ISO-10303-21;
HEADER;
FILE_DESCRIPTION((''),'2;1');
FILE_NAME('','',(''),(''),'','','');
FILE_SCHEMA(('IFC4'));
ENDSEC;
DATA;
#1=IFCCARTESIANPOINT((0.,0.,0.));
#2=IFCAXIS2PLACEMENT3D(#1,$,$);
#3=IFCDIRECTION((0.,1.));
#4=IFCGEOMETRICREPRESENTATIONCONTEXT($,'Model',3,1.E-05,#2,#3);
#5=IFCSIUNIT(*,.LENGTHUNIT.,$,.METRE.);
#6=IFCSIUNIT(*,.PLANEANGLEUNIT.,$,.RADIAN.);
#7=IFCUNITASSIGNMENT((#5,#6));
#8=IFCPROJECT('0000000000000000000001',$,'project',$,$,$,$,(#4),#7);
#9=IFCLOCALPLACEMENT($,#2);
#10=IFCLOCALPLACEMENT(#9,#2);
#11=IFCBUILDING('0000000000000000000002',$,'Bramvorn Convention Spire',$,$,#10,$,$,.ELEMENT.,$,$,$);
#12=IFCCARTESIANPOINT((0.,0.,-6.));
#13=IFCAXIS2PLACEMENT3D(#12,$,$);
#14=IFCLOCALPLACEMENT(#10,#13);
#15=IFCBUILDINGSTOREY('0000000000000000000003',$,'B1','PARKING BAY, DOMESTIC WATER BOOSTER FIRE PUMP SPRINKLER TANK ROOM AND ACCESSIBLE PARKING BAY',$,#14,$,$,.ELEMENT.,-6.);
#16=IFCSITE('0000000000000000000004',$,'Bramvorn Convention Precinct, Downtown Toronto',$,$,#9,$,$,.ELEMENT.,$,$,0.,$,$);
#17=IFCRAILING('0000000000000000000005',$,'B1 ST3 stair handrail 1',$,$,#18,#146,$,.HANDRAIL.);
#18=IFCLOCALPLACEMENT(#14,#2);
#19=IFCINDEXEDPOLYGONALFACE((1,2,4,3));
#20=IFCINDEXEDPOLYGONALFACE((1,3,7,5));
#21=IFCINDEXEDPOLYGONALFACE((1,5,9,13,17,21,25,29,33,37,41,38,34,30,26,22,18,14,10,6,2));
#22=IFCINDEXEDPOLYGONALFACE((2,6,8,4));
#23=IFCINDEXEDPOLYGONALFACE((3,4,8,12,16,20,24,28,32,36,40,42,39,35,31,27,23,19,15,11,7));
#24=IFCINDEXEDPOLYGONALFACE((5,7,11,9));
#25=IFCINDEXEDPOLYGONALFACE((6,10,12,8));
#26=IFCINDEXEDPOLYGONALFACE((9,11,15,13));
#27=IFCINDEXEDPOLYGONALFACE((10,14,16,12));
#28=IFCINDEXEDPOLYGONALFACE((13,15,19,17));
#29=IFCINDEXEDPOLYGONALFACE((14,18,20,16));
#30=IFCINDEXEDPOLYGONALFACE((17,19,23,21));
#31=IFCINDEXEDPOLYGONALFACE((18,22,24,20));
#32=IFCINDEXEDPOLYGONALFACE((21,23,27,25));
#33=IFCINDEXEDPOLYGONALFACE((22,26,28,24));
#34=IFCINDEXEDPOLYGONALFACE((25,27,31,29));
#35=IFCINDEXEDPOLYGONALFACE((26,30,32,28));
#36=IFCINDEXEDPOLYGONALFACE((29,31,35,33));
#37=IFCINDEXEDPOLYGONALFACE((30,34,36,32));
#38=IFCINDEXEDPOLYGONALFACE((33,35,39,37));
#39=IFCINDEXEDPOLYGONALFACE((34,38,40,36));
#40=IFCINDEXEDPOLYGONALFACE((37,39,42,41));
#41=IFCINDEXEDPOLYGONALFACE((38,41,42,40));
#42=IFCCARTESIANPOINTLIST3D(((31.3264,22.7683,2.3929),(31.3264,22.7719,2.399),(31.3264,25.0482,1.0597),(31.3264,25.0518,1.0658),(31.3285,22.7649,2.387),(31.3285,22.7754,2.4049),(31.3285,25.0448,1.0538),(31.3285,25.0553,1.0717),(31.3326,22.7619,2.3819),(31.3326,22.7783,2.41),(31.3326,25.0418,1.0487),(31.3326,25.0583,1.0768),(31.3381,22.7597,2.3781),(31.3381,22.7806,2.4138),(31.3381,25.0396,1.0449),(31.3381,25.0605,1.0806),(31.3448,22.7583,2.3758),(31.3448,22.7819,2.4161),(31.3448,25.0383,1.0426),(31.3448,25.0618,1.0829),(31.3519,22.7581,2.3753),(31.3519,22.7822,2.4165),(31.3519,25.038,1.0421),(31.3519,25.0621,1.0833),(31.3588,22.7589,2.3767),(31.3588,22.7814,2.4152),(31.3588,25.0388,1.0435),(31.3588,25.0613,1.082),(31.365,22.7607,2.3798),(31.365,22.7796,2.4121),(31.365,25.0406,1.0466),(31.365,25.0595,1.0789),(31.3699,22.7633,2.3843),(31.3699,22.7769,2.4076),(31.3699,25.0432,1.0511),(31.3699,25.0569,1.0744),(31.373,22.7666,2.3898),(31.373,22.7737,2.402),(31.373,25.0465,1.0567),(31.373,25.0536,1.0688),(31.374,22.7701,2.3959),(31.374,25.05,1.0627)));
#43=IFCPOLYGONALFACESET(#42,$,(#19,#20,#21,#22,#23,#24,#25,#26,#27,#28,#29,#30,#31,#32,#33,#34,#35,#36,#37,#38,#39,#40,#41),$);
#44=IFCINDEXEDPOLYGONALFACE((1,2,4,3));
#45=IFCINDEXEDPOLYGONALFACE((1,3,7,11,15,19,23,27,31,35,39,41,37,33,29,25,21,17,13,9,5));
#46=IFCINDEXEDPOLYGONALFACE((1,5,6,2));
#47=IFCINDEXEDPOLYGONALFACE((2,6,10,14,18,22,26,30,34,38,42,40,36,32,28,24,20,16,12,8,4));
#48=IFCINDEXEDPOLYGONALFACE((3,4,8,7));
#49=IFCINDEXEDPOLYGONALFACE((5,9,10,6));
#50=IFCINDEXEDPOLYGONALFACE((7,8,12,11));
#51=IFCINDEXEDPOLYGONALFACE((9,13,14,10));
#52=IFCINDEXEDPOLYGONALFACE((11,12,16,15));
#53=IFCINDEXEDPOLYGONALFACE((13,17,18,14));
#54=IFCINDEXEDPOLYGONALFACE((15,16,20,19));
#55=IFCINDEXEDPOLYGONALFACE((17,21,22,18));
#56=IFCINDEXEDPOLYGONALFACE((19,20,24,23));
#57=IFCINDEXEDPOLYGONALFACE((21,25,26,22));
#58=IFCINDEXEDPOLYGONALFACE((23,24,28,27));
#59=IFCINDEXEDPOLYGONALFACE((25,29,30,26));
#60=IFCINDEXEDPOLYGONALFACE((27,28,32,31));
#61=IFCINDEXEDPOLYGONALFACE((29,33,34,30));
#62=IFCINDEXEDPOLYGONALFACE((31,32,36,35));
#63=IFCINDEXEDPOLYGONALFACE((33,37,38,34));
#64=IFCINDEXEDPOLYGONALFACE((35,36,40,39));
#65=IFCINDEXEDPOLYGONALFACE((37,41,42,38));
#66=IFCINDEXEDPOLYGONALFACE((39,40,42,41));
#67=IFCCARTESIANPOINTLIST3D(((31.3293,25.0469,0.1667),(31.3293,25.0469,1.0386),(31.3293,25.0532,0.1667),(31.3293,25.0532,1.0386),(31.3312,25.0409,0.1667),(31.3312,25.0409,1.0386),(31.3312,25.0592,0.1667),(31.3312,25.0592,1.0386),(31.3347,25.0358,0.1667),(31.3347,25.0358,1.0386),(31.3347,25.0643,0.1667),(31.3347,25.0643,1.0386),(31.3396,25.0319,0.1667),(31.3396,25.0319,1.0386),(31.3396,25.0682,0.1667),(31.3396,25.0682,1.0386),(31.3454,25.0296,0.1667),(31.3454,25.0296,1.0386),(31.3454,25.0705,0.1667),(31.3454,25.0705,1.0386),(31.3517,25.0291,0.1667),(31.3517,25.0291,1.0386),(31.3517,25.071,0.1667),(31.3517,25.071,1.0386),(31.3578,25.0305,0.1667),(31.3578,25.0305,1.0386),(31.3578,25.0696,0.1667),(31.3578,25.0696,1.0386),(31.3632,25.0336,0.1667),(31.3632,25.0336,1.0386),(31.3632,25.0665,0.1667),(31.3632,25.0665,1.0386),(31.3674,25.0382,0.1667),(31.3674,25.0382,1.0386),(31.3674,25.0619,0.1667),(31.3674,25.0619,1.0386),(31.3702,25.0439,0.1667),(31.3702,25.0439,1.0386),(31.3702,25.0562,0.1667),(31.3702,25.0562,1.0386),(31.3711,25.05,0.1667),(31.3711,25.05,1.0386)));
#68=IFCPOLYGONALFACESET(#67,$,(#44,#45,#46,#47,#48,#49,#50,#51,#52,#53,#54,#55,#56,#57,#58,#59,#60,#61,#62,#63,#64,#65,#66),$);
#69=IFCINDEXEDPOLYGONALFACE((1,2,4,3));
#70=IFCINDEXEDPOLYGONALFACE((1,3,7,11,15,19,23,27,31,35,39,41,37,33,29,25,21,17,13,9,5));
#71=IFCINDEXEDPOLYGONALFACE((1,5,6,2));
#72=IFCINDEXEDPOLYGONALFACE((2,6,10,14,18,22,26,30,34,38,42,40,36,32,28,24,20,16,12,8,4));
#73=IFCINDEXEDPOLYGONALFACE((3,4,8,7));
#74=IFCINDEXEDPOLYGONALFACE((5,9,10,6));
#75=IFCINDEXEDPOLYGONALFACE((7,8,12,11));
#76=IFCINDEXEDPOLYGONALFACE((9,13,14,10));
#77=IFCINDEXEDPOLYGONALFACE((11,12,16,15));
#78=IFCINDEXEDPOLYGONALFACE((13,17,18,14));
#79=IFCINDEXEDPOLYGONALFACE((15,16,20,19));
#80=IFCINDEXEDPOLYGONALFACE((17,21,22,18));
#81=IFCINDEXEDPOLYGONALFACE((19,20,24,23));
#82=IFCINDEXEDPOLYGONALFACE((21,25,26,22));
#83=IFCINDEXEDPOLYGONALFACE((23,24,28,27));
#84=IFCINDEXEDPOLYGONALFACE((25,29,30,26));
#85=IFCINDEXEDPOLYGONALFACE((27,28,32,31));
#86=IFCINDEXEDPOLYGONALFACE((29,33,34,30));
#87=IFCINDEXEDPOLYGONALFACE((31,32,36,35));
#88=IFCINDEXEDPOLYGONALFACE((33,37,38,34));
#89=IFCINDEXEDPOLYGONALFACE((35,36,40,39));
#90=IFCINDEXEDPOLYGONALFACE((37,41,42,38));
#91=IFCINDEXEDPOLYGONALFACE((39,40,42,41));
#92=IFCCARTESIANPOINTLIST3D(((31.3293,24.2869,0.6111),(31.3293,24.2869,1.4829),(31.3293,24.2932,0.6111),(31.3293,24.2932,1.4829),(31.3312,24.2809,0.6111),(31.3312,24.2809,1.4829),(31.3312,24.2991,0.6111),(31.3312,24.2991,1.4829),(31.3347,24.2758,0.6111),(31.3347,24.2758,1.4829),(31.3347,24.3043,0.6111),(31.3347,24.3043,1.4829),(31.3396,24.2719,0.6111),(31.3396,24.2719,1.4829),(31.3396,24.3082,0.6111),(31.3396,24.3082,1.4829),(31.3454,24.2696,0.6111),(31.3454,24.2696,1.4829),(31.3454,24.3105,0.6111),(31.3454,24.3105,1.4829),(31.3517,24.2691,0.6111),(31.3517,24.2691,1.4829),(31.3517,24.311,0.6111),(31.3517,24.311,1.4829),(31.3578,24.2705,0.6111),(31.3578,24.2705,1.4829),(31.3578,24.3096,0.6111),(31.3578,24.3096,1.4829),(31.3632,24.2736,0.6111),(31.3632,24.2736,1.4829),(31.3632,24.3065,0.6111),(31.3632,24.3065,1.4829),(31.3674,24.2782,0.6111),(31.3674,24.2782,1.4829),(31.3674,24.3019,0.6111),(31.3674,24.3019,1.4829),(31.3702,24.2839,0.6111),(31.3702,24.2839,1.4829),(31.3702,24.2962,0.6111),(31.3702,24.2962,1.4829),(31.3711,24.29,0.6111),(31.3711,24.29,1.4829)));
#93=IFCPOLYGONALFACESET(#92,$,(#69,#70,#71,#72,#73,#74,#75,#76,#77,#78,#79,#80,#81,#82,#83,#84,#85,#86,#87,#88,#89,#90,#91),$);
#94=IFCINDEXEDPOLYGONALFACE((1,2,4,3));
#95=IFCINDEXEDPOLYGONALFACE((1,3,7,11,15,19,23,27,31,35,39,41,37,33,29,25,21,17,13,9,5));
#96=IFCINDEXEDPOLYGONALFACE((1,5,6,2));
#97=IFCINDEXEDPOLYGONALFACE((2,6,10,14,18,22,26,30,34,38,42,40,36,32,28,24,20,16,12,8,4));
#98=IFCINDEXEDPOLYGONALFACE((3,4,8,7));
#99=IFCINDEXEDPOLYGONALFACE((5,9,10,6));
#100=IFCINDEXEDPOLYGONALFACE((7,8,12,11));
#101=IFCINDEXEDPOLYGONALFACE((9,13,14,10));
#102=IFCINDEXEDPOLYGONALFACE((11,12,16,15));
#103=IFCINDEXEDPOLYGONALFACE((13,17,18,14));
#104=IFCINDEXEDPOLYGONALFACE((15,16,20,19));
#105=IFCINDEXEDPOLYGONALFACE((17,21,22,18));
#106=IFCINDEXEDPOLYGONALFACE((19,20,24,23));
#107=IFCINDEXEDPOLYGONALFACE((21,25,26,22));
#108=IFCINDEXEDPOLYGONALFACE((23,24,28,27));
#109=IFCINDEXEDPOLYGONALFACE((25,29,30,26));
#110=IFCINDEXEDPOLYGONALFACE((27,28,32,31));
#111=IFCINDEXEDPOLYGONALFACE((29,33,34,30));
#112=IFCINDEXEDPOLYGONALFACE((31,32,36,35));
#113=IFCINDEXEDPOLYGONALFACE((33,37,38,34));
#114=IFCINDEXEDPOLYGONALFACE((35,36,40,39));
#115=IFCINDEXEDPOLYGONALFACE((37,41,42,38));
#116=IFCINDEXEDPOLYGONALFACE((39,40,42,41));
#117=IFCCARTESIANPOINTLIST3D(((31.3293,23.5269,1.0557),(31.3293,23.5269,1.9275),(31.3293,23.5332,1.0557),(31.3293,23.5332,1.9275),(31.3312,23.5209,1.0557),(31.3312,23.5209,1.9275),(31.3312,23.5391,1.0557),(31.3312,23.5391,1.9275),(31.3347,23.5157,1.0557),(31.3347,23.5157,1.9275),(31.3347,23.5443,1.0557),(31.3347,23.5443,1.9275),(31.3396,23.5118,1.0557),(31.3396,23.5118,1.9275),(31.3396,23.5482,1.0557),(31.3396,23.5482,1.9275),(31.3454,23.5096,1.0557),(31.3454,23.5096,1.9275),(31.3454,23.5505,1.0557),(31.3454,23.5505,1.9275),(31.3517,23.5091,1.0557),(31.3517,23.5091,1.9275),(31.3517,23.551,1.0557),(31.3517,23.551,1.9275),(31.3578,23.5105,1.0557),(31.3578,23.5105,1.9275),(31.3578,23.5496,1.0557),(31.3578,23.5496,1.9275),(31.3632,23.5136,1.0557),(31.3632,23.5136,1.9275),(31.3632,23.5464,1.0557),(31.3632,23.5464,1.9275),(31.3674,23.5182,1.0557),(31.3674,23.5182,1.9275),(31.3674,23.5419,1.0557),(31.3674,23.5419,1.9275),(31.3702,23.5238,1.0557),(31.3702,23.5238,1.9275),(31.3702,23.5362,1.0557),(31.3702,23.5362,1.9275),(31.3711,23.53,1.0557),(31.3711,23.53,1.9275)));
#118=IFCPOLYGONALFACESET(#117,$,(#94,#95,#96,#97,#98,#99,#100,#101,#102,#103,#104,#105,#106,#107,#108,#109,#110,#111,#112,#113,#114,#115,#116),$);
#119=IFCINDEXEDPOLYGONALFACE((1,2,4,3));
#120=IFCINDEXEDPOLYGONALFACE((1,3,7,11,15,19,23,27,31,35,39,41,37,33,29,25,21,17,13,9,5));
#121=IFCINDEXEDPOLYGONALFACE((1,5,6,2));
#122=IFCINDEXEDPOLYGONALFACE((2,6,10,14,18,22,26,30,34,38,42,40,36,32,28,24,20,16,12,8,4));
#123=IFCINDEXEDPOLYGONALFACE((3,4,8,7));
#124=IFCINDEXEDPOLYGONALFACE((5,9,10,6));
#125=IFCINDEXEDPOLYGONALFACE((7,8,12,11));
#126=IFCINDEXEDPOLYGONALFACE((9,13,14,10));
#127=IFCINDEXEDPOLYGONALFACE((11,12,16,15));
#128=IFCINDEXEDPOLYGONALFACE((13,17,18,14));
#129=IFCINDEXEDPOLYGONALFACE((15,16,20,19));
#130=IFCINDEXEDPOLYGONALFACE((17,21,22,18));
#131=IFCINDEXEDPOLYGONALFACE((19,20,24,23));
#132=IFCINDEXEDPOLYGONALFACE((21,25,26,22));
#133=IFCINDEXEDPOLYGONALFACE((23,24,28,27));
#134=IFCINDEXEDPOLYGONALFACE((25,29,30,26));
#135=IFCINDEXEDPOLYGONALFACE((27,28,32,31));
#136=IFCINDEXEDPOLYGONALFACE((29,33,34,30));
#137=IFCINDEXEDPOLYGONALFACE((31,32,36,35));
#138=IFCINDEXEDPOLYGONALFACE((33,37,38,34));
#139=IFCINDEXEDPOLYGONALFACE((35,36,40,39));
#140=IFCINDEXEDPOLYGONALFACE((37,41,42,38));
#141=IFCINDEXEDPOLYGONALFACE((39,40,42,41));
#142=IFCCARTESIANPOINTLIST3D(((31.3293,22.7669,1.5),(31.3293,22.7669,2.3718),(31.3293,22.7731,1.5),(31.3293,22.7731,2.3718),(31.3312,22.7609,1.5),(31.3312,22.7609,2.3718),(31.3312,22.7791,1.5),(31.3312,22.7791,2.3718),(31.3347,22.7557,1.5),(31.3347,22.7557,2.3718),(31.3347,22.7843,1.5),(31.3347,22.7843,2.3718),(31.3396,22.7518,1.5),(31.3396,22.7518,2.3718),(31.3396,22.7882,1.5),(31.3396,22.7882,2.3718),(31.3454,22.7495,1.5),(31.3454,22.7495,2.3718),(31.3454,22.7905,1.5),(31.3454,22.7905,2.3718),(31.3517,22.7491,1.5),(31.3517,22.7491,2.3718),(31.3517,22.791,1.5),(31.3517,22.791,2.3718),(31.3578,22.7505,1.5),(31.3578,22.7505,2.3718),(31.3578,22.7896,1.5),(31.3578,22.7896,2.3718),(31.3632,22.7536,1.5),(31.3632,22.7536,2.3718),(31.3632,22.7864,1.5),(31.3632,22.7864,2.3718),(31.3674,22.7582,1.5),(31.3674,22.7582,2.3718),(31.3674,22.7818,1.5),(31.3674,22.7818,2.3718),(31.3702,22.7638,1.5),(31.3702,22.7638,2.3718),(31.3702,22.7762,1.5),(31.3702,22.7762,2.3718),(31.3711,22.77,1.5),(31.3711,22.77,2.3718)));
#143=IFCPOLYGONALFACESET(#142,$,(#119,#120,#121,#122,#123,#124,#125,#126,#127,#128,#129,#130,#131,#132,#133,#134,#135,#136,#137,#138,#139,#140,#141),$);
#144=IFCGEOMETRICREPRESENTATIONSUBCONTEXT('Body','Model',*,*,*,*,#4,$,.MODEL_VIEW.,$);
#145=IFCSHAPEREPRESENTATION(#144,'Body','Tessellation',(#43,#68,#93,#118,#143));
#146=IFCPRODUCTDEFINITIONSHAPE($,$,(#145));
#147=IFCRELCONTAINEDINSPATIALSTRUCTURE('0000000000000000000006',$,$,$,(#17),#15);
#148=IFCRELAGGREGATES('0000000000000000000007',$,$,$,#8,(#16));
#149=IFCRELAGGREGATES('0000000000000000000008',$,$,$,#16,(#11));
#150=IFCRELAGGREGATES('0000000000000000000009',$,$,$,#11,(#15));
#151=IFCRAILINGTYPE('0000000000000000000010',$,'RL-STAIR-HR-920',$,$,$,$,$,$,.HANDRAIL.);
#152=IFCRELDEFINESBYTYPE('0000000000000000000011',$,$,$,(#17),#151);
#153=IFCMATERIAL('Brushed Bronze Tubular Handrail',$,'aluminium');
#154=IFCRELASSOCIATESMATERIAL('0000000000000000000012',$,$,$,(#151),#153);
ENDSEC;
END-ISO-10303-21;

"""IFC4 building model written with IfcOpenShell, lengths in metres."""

from ifc_helpers import new_model, si_unit, direction, frame, origin, origin_2d, place, context, subcontext, project, spatial, circle, extrude, material, type_object, element, save


model = new_model("IFC4")

# Units and contexts
model_context = context("Model", 3, precision=1e-05, world=origin(), true_north=direction((0.0, 1.0)))
body_context = subcontext(model_context, "Body", "Model", "MODEL_VIEW")
ifc_project = project(units=[si_unit("LENGTHUNIT", "METRE"), si_unit("PLANEANGLEUNIT", "RADIAN")], contexts=[model_context])

# Site, building, storey
site_placement = place(None, origin())
site = spatial("IfcSite", under=ifc_project, at=site_placement, Name="Bramvorn Convention Precinct, Downtown Toronto", CompositionType="ELEMENT", RefElevation=0.0)
building_placement = place(site_placement, origin())
building = spatial("IfcBuilding", under=site, at=building_placement, Name="Bramvorn Convention Spire", CompositionType="ELEMENT")
storey_placement = place(building_placement, frame((0.0, 0.0, -6.0)))
storey = spatial("IfcBuildingStorey", under=building, at=storey_placement, Name="B1", Description="PARKING BAY, DOMESTIC WATER BOOSTER FIRE PUMP SPRINKLER TANK ROOM AND ACCESSIBLE PARKING BAY", CompositionType="ELEMENT", Elevation=-6.0)

# Railing
ifc_material_1 = material(Name="Brushed Bronze Tubular Handrail", Category="aluminium")
railing_type_1 = type_object("IfcRailingType", Name="RL-STAIR-HR-920", PredefinedType="HANDRAIL", material=ifc_material_1)
for number, where, name in (
    (1, (31.3501, 25.05, 0.1667), "B1 ST3 stair handrail 1"),
):
    element("IfcRailing", number, at=place(storey_placement, frame(where)), inside=storey, type_object=railing_type_1, Name=name, PredefinedType="HANDRAIL", context=body_context, shape_type="SweptSolid", body=[
        extrude(circle(Radius=0.0239, at=origin_2d()), frame((0.0, 0.0, 0.896), z_axis=(0.0, -0.863245, 0.504785), x_axis=(1.0, 0.0, 0.0)), (0.0, 0.0, 1.0), 2.6411),
        extrude(circle(Radius=0.021, at=origin_2d()), origin(), (0.0, 0.0, 1.0), 0.8718),
        extrude(circle(Radius=0.021, at=origin_2d()), frame((0.0, -0.76, 0.4443)), (0.0, 0.0, 1.0), 0.8718),
        extrude(circle(Radius=0.021, at=origin_2d()), frame((0.0, -1.52, 0.8889)), (0.0, 0.0, 1.0), 0.8718),
        extrude(circle(Radius=0.021, at=origin_2d()), frame((0.0, -2.28, 1.3333)), (0.0, 0.0, 1.0), 0.8718),
    ])

save(model, "model.ifc")
